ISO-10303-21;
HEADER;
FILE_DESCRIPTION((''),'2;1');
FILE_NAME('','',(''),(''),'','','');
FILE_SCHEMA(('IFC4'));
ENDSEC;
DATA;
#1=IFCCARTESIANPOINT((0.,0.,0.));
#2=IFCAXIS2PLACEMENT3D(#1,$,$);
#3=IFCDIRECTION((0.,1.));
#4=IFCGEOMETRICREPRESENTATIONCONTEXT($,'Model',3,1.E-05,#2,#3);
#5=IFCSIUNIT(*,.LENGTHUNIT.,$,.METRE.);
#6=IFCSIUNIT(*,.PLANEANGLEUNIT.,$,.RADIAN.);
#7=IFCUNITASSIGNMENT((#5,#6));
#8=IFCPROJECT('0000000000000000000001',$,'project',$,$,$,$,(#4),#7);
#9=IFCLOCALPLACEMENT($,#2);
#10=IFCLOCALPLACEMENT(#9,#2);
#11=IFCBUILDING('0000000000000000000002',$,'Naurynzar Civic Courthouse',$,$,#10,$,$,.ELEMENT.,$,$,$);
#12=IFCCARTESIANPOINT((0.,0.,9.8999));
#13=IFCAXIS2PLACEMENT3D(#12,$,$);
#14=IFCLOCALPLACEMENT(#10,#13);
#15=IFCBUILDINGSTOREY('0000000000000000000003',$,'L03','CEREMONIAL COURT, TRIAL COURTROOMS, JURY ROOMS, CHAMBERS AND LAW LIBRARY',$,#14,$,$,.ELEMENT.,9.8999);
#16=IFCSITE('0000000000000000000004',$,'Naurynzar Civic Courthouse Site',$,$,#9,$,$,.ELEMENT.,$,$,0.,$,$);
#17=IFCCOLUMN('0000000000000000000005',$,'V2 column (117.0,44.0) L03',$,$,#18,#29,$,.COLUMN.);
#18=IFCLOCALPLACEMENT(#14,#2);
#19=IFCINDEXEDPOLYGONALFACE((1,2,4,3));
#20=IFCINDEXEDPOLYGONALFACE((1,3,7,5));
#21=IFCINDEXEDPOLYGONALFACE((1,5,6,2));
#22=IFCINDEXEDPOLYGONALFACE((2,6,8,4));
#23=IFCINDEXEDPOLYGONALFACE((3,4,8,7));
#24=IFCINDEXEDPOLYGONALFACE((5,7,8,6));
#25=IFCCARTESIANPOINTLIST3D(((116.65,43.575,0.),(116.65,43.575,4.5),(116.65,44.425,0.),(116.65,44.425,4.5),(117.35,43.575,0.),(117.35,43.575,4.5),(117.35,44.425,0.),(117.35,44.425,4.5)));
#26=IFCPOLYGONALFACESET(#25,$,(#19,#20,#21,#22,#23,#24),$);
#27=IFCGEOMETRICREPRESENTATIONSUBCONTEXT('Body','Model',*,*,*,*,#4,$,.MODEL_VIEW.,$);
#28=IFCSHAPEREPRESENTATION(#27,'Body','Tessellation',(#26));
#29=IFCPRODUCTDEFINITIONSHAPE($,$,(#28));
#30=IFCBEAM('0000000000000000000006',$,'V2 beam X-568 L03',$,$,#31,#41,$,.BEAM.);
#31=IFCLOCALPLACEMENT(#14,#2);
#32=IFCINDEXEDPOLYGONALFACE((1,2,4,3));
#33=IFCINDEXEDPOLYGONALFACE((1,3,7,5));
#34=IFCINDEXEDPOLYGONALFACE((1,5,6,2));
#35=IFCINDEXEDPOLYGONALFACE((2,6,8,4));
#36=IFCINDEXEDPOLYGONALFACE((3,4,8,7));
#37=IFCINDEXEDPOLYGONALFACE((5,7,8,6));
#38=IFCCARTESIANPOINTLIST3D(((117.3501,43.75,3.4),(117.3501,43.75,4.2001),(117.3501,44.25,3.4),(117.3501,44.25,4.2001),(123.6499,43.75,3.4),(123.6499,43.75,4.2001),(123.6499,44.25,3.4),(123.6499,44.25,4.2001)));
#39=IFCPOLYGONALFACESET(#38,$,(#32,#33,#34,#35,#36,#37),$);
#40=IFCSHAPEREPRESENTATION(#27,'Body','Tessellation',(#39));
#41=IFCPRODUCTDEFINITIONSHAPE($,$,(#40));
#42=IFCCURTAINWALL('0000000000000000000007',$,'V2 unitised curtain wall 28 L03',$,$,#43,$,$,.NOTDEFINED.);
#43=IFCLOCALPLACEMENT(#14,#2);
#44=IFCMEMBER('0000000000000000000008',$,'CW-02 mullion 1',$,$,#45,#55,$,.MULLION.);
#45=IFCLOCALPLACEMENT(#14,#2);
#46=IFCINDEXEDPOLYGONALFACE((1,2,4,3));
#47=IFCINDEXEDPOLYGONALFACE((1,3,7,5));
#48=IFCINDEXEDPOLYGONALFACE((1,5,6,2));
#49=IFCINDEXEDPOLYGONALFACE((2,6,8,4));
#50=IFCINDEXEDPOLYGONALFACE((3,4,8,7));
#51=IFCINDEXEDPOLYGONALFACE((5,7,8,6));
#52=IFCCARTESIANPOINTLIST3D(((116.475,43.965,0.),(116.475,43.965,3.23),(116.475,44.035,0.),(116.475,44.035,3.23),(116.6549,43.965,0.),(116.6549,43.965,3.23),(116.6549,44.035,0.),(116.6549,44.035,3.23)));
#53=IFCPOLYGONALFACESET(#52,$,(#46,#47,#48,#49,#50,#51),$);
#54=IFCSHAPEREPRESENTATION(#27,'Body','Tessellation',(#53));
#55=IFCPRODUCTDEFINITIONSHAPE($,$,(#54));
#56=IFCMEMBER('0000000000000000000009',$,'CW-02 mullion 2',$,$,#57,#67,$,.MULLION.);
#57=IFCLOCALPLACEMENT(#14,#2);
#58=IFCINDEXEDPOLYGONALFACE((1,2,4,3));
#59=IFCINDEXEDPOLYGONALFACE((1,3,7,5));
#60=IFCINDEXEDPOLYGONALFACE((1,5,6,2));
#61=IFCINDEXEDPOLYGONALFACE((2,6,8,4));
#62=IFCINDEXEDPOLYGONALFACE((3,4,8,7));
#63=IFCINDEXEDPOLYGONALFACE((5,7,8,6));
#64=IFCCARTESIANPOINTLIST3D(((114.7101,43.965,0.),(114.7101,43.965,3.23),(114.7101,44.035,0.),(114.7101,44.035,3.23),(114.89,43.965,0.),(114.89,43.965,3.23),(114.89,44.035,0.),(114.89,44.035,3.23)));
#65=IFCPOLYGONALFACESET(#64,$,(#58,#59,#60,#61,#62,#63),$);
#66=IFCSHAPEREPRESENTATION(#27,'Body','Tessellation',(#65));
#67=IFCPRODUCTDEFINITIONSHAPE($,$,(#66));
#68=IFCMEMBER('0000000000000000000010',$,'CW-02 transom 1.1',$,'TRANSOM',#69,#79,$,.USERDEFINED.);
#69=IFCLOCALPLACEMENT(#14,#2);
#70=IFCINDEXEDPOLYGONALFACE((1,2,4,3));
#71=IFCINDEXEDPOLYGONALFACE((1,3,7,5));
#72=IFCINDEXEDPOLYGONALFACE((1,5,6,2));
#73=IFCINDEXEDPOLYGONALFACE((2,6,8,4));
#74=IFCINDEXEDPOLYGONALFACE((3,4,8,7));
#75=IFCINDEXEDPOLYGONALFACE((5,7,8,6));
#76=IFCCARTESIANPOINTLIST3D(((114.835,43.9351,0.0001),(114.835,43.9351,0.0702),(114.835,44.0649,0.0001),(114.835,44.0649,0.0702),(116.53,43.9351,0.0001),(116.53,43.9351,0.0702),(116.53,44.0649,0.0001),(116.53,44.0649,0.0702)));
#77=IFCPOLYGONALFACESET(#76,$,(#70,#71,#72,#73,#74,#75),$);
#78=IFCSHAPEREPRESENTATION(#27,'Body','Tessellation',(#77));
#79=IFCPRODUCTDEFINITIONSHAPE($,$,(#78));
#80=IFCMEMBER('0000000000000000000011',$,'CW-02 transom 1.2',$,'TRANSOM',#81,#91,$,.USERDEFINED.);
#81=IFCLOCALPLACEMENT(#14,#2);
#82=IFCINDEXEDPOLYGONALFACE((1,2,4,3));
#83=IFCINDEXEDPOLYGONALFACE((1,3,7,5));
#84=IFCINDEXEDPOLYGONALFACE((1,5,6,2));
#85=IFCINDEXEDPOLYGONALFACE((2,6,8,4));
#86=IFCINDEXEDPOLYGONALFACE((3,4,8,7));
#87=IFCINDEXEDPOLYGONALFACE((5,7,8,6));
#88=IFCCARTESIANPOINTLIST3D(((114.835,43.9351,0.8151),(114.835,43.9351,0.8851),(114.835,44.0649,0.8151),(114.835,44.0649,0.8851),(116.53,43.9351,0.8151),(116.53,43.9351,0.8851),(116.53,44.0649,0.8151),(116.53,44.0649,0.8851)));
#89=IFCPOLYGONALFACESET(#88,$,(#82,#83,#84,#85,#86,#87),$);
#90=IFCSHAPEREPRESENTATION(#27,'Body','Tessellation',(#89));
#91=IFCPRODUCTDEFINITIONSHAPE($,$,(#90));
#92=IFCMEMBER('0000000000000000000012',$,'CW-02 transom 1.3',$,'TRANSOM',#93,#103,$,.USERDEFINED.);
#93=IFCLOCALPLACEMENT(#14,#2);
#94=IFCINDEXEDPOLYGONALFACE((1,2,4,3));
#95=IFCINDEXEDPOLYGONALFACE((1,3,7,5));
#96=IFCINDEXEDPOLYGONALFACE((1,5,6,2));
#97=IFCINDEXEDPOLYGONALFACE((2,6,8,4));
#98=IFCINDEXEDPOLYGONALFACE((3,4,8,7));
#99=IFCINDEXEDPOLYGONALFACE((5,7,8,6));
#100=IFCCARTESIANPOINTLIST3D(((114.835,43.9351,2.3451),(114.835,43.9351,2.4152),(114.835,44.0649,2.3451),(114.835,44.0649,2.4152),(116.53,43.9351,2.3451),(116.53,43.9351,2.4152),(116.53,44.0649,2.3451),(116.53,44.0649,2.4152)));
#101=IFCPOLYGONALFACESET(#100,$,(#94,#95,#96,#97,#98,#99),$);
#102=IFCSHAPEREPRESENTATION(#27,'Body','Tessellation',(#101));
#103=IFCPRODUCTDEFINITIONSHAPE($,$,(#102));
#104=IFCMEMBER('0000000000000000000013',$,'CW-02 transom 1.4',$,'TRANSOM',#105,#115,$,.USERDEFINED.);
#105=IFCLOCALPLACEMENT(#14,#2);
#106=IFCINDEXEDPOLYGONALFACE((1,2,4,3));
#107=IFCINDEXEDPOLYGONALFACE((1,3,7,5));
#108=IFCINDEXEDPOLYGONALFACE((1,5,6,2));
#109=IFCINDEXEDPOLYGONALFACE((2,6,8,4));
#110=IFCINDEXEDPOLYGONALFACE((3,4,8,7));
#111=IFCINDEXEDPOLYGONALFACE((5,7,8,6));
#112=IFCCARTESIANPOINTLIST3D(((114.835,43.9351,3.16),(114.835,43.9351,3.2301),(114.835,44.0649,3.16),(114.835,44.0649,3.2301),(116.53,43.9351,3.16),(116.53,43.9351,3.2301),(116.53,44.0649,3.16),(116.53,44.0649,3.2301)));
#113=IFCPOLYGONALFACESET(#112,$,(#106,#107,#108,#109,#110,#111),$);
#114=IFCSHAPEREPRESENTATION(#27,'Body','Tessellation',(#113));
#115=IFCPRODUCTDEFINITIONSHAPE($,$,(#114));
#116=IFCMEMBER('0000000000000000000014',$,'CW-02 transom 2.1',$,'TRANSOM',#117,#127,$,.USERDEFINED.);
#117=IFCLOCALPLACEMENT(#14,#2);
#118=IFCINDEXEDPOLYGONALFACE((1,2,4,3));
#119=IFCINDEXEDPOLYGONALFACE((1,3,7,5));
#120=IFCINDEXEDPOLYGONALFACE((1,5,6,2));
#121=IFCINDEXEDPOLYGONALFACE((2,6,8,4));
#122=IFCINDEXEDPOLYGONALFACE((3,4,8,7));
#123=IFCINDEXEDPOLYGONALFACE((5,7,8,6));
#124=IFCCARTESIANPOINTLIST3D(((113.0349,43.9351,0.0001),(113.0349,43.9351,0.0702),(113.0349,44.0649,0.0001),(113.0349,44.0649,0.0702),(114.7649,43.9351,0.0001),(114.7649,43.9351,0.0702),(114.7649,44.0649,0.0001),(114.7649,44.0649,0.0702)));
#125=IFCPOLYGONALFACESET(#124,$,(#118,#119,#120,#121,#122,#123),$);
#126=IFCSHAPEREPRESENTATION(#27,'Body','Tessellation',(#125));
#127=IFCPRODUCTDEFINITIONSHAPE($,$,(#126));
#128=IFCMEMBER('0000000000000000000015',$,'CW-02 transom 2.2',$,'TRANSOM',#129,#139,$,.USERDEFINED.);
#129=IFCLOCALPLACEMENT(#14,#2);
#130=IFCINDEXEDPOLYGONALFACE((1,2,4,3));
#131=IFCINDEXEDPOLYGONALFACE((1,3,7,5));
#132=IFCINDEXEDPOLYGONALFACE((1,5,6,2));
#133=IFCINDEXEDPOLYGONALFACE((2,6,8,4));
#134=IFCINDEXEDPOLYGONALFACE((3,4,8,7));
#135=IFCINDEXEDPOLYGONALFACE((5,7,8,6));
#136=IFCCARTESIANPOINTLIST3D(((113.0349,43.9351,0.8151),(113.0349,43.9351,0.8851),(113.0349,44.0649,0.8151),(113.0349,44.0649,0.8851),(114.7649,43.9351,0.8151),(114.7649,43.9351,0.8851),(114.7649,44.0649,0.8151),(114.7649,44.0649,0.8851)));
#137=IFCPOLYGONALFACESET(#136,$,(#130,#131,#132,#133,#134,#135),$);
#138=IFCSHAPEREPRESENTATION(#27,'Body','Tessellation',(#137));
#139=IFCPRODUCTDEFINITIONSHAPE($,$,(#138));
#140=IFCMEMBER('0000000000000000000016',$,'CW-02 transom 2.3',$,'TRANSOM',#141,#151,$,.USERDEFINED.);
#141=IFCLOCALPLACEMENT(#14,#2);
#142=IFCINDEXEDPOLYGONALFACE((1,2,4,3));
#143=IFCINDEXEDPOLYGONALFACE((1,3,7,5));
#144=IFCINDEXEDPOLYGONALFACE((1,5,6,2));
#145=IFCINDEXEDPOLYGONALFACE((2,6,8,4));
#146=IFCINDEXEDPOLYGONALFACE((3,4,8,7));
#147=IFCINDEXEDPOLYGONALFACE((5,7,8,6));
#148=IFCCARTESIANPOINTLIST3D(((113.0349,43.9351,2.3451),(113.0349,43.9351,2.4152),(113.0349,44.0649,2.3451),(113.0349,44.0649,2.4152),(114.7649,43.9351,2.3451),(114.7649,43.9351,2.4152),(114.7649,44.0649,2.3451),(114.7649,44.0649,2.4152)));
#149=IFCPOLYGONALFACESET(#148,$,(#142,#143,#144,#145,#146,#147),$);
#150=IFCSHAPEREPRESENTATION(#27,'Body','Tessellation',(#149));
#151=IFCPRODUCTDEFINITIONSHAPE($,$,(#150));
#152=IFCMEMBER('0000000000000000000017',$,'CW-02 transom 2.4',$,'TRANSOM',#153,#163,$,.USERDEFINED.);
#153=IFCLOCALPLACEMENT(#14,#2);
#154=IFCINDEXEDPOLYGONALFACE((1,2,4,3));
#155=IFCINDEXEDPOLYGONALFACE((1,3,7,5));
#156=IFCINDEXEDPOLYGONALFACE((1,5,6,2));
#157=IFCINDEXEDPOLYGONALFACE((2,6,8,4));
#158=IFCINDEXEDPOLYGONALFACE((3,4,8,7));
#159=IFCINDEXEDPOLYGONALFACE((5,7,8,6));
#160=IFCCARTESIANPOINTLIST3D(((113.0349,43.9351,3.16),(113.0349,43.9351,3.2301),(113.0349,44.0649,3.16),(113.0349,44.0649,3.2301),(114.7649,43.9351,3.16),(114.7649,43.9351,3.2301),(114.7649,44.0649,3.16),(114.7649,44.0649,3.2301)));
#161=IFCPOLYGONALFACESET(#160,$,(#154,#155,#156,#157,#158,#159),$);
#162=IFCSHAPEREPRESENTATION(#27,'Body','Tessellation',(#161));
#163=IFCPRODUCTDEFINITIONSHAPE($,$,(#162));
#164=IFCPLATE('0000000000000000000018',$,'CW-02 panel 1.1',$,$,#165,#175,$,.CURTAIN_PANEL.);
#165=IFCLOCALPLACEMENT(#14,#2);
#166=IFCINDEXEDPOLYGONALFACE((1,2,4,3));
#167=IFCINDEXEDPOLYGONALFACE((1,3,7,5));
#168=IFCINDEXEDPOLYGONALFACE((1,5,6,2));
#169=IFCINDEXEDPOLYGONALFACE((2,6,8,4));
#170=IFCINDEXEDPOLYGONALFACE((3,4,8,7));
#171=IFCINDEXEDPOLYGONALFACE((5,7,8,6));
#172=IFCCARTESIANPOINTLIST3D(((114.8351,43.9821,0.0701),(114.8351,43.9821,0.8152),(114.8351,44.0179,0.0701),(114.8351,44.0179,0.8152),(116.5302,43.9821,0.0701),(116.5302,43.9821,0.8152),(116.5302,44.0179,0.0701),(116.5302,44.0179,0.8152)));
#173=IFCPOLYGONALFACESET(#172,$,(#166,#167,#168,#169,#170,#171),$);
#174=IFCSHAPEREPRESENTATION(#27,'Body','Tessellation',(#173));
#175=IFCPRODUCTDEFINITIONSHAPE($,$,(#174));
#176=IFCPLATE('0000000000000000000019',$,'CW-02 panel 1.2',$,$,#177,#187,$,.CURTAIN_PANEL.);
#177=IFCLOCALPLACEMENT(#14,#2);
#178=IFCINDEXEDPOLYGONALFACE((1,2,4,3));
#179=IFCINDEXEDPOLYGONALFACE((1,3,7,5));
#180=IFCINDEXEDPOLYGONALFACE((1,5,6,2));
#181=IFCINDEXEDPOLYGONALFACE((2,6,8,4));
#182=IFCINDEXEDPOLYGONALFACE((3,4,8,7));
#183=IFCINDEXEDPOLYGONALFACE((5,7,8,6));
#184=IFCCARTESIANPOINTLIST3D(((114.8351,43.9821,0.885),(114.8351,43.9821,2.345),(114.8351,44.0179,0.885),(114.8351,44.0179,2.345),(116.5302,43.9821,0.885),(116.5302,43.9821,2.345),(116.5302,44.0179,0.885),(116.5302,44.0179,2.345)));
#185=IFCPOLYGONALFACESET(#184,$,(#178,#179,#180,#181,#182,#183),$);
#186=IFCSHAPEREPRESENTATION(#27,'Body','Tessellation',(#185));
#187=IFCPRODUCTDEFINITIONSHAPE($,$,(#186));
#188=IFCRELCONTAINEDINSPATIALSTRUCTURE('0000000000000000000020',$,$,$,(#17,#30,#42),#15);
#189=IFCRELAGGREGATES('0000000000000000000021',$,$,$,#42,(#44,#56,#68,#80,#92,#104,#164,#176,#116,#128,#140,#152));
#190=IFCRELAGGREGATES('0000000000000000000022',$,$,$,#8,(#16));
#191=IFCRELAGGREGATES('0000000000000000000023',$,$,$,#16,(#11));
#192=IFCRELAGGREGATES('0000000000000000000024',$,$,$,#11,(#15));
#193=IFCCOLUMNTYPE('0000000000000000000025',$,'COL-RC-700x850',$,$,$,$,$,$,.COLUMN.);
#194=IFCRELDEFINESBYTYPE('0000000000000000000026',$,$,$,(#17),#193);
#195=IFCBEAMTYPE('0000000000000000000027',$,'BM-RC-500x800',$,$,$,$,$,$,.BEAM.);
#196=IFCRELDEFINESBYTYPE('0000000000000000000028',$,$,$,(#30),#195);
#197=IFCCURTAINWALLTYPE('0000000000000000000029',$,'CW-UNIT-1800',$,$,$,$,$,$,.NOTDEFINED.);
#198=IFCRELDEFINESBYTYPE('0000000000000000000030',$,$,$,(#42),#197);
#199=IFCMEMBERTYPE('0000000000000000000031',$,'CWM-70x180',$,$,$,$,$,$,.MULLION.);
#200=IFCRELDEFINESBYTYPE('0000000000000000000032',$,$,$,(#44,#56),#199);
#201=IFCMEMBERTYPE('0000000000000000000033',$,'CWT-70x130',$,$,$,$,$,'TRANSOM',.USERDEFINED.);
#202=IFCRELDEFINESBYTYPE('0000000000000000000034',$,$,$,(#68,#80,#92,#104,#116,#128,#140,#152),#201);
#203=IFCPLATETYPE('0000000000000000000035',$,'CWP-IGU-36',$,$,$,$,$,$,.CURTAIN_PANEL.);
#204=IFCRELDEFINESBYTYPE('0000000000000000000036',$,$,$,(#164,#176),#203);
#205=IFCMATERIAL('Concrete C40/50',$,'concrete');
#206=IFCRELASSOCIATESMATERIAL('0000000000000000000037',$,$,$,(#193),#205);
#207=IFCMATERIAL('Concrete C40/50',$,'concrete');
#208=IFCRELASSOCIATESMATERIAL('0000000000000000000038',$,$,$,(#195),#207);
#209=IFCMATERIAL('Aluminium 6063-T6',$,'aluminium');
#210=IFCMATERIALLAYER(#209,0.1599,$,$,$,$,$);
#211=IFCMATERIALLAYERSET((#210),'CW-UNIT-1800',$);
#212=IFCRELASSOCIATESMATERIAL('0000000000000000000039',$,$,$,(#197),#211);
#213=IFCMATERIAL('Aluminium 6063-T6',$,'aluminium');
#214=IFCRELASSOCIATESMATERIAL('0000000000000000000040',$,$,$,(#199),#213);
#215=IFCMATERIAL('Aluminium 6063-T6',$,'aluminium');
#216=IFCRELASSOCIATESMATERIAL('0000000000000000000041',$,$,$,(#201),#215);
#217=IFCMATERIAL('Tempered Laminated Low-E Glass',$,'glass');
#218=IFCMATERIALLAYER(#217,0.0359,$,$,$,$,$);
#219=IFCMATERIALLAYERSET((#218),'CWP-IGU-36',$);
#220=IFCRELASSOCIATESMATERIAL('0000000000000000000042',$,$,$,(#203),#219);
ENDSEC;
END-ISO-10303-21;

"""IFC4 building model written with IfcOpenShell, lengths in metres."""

from ifc_helpers import new_model, si_unit, direction, frame, origin, origin_2d, place, context, subcontext, project, spatial, rectangle, extrude, material, layer, layer_set, material_profile, profile_set, type_object, element, aggregate, save


model = new_model("IFC4")

# Units and contexts
model_context = context("Model", 3, precision=1e-05, world=origin(), true_north=direction((0.0, 1.0)))
body_context = subcontext(model_context, "Body", "Model", "MODEL_VIEW")
ifc_project = project(units=[si_unit("LENGTHUNIT", "METRE"), si_unit("PLANEANGLEUNIT", "RADIAN")], contexts=[model_context])

# Site, building, storey
site_placement = place(None, origin())
site = spatial("IfcSite", under=ifc_project, at=site_placement, Name="Naurynzar Civic Courthouse Site", CompositionType="ELEMENT", RefElevation=0.0)
building_placement = place(site_placement, origin())
building = spatial("IfcBuilding", under=site, at=building_placement, Name="Naurynzar Civic Courthouse", CompositionType="ELEMENT")
storey_placement = place(building_placement, frame((0.0, 0.0, 9.8999)))
storey = spatial("IfcBuildingStorey", under=building, at=storey_placement, Name="L03", Description="CEREMONIAL COURT, TRIAL COURTROOMS, JURY ROOMS, CHAMBERS AND LAW LIBRARY", CompositionType="ELEMENT", Elevation=9.8999)

# Column
ifc_material_1 = material(Name="Concrete C40/50", Category="concrete")
ifc_material_profile_1 = material_profile(ifc_material_1, rectangle(XDim=0.7, YDim=0.8501, at=origin_2d()), Name="RC 700x850")
ifc_profile_set_1 = profile_set([ifc_material_profile_1], Name="Concrete C40/50")
column_type = type_object("IfcColumnType", Name="COL-RC-700x850", PredefinedType="COLUMN", material=ifc_profile_set_1)
column_placement = place(storey_placement, frame((117.0, 44.0, 0.0), z_axis=(0.0, 0.0, 1.0), x_axis=(1.0, 0.0, 0.0)))
element("IfcColumn", 1, at=column_placement, inside=storey, type_object=column_type, Name="V2 column (117.0,44.0) L03", PredefinedType="COLUMN", context=body_context, shape_type="SweptSolid", body=[
    extrude(rectangle(XDim=0.7, YDim=0.8501, at=origin_2d()), origin(), (0.0, 0.0, 1.0), 4.5),
])

# Beam
ifc_material_2 = material(Name="Concrete C40/50", Category="concrete")
ifc_material_profile_2 = material_profile(ifc_material_2, rectangle(XDim=0.5, YDim=0.8, at=origin_2d()), Name="RCB 500x800")
ifc_profile_set_2 = profile_set([ifc_material_profile_2], Name="Concrete C40/50")
beam_type = type_object("IfcBeamType", Name="BM-RC-500x800", PredefinedType="BEAM", material=ifc_profile_set_2)
beam_placement = place(storey_placement, frame((117.3501, 44.0, 3.8), z_axis=(1.0, 0.0, 0.0), x_axis=(0.0, 1.0, 0.0)))
element("IfcBeam", 2, at=beam_placement, inside=storey, type_object=beam_type, Name="V2 beam X-568 L03", PredefinedType="BEAM", context=body_context, shape_type="SweptSolid", body=[
    extrude(rectangle(XDim=0.5, YDim=0.8, at=origin_2d()), origin(), (0.0, 0.0, 1.0), 6.2998),
])

# Curtain wall, members, plates
ifc_material_3 = material(Name="Aluminium 6063-T6", Category="aluminium")
ifc_layer_1 = layer(ifc_material_3, 0.1599)
ifc_layer_set_1 = layer_set([ifc_layer_1], Name="CW-UNIT-1800")
curtain_wall_type = type_object("IfcCurtainWallType", Name="CW-UNIT-1800", PredefinedType="NOTDEFINED", material=ifc_layer_set_1)
curtain_wall_placement = place(storey_placement, origin())
curtain_wall = element("IfcCurtainWall", 3, at=curtain_wall_placement, inside=storey, type_object=curtain_wall_type, Name="V2 unitised curtain wall 28 L03", PredefinedType="NOTDEFINED")
ifc_material_4 = material(Name="Aluminium 6063-T6", Category="aluminium")
ifc_material_profile_3 = material_profile(ifc_material_4, rectangle(XDim=0.0701, YDim=0.1799, at=origin_2d()), Name="ALU MULLION 70x180")
ifc_profile_set_3 = profile_set([ifc_material_profile_3], Name="Aluminium 6063-T6")
member_type_1 = type_object("IfcMemberType", Name="CWM-70x180", PredefinedType="MULLION", material=ifc_profile_set_3)
member_1_placement = place(storey_placement, frame((116.5649, 44.0, 0.0), z_axis=(0.0, 0.0, 1.0), x_axis=(0.0, -1.0, 0.0)))
member_1 = element("IfcMember", 4, at=member_1_placement, type_object=member_type_1, Name="CW-02 mullion 1", PredefinedType="MULLION", context=body_context, shape_type="SweptSolid", body=[
    extrude(rectangle(XDim=0.0701, YDim=0.1799, at=origin_2d()), origin(), (0.0, 0.0, 1.0), 3.23),
])
member_2_placement = place(storey_placement, frame((114.8, 44.0, 0.0), z_axis=(0.0, 0.0, 1.0), x_axis=(0.0, -1.0, 0.0)))
member_2 = element("IfcMember", 5, at=member_2_placement, type_object=member_type_1, Name="CW-02 mullion 2", PredefinedType="MULLION", context=body_context, shape_type="SweptSolid", body=[
    extrude(rectangle(XDim=0.0701, YDim=0.1799, at=origin_2d()), origin(), (0.0, 0.0, 1.0), 3.23),
])
ifc_material_5 = material(Name="Aluminium 6063-T6", Category="aluminium")
ifc_material_profile_4 = material_profile(ifc_material_5, rectangle(XDim=0.1299, YDim=0.0701, at=origin_2d()), Name="ALU TRANSOM 70x130")
ifc_profile_set_4 = profile_set([ifc_material_profile_4], Name="Aluminium 6063-T6")
member_type_2 = type_object("IfcMemberType", Name="CWT-70x130", ElementType="TRANSOM", PredefinedType="USERDEFINED", material=ifc_profile_set_4)
member_3_placement = place(storey_placement, frame((116.53, 44.0, 0.0352), z_axis=(-1.0, 0.0, 0.0), x_axis=(0.0, -1.0, 0.0)))
member_3 = element("IfcMember", 6, at=member_3_placement, type_object=member_type_2, Name="CW-02 transom 1.1", ObjectType="TRANSOM", PredefinedType="USERDEFINED", context=body_context, shape_type="SweptSolid", body=[
    extrude(rectangle(XDim=0.1299, YDim=0.0701, at=origin_2d()), origin(), (0.0, 0.0, 1.0), 1.6951),
])
member_4_placement = place(storey_placement, frame((116.53, 44.0, 0.8501), z_axis=(-1.0, 0.0, 0.0), x_axis=(0.0, -1.0, 0.0)))
member_4 = element("IfcMember", 7, at=member_4_placement, type_object=member_type_2, Name="CW-02 transom 1.2", ObjectType="TRANSOM", PredefinedType="USERDEFINED", context=body_context, shape_type="SweptSolid", body=[
    extrude(rectangle(XDim=0.1299, YDim=0.0701, at=origin_2d()), origin(), (0.0, 0.0, 1.0), 1.6951),
])
member_5_placement = place(storey_placement, frame((116.53, 44.0, 2.3801), z_axis=(-1.0, 0.0, 0.0), x_axis=(0.0, -1.0, 0.0)))
member_5 = element("IfcMember", 8, at=member_5_placement, type_object=member_type_2, Name="CW-02 transom 1.3", ObjectType="TRANSOM", PredefinedType="USERDEFINED", context=body_context, shape_type="SweptSolid", body=[
    extrude(rectangle(XDim=0.1299, YDim=0.0701, at=origin_2d()), origin(), (0.0, 0.0, 1.0), 1.6951),
])
member_6_placement = place(storey_placement, frame((116.53, 44.0, 3.1951), z_axis=(-1.0, 0.0, 0.0), x_axis=(0.0, -1.0, 0.0)))
member_6 = element("IfcMember", 9, at=member_6_placement, type_object=member_type_2, Name="CW-02 transom 1.4", ObjectType="TRANSOM", PredefinedType="USERDEFINED", context=body_context, shape_type="SweptSolid", body=[
    extrude(rectangle(XDim=0.1299, YDim=0.0701, at=origin_2d()), origin(), (0.0, 0.0, 1.0), 1.6951),
])
member_7_placement = place(storey_placement, frame((114.7649, 44.0, 0.0352), z_axis=(-1.0, 0.0, 0.0), x_axis=(0.0, -1.0, 0.0)))
member_7 = element("IfcMember", 10, at=member_7_placement, type_object=member_type_2, Name="CW-02 transom 2.1", ObjectType="TRANSOM", PredefinedType="USERDEFINED", context=body_context, shape_type="SweptSolid", body=[
    extrude(rectangle(XDim=0.1299, YDim=0.0701, at=origin_2d()), origin(), (0.0, 0.0, 1.0), 1.73),
])
member_8_placement = place(storey_placement, frame((114.7649, 44.0, 0.8501), z_axis=(-1.0, 0.0, 0.0), x_axis=(0.0, -1.0, 0.0)))
member_8 = element("IfcMember", 11, at=member_8_placement, type_object=member_type_2, Name="CW-02 transom 2.2", ObjectType="TRANSOM", PredefinedType="USERDEFINED", context=body_context, shape_type="SweptSolid", body=[
    extrude(rectangle(XDim=0.1299, YDim=0.0701, at=origin_2d()), origin(), (0.0, 0.0, 1.0), 1.73),
])
member_9_placement = place(storey_placement, frame((114.7649, 44.0, 2.3801), z_axis=(-1.0, 0.0, 0.0), x_axis=(0.0, -1.0, 0.0)))
member_9 = element("IfcMember", 12, at=member_9_placement, type_object=member_type_2, Name="CW-02 transom 2.3", ObjectType="TRANSOM", PredefinedType="USERDEFINED", context=body_context, shape_type="SweptSolid", body=[
    extrude(rectangle(XDim=0.1299, YDim=0.0701, at=origin_2d()), origin(), (0.0, 0.0, 1.0), 1.73),
])
member_10_placement = place(storey_placement, frame((114.7649, 44.0, 3.1951), z_axis=(-1.0, 0.0, 0.0), x_axis=(0.0, -1.0, 0.0)))
member_10 = element("IfcMember", 13, at=member_10_placement, type_object=member_type_2, Name="CW-02 transom 2.4", ObjectType="TRANSOM", PredefinedType="USERDEFINED", context=body_context, shape_type="SweptSolid", body=[
    extrude(rectangle(XDim=0.1299, YDim=0.0701, at=origin_2d()), origin(), (0.0, 0.0, 1.0), 1.73),
])
ifc_material_6 = material(Name="Tempered Laminated Low-E Glass", Category="glass")
ifc_layer_2 = layer(ifc_material_6, 0.0359)
ifc_layer_set_2 = layer_set([ifc_layer_2], Name="CWP-IGU-36")
plate_type = type_object("IfcPlateType", Name="CWP-IGU-36", PredefinedType="CURTAIN_PANEL", material=ifc_layer_set_2)
plate_1_placement = place(storey_placement, frame((115.6826, 44.0, 0.0701), z_axis=(0.0, 0.0, 1.0), x_axis=(-1.0, 0.0, 0.0)))
plate_1 = element("IfcPlate", 14, at=plate_1_placement, type_object=plate_type, Name="CW-02 panel 1.1", PredefinedType="CURTAIN_PANEL", context=body_context, shape_type="SweptSolid", body=[
    extrude(rectangle(XDim=1.6951, YDim=0.0359, at=origin_2d()), origin(), (0.0, 0.0, 1.0), 0.7451),
])
plate_2_placement = place(storey_placement, frame((115.6826, 44.0, 0.885), z_axis=(0.0, 0.0, 1.0), x_axis=(-1.0, 0.0, 0.0)))
plate_2 = element("IfcPlate", 15, at=plate_2_placement, type_object=plate_type, Name="CW-02 panel 1.2", PredefinedType="CURTAIN_PANEL", context=body_context, shape_type="SweptSolid", body=[
    extrude(rectangle(XDim=1.6951, YDim=0.0359, at=origin_2d()), origin(), (0.0, 0.0, 1.0), 1.46),
])
aggregate(curtain_wall, [member_1, member_2, member_3, member_4, member_5, member_6, plate_1, plate_2, member_7, member_8, member_9, member_10])

save(model, "model.ifc")
